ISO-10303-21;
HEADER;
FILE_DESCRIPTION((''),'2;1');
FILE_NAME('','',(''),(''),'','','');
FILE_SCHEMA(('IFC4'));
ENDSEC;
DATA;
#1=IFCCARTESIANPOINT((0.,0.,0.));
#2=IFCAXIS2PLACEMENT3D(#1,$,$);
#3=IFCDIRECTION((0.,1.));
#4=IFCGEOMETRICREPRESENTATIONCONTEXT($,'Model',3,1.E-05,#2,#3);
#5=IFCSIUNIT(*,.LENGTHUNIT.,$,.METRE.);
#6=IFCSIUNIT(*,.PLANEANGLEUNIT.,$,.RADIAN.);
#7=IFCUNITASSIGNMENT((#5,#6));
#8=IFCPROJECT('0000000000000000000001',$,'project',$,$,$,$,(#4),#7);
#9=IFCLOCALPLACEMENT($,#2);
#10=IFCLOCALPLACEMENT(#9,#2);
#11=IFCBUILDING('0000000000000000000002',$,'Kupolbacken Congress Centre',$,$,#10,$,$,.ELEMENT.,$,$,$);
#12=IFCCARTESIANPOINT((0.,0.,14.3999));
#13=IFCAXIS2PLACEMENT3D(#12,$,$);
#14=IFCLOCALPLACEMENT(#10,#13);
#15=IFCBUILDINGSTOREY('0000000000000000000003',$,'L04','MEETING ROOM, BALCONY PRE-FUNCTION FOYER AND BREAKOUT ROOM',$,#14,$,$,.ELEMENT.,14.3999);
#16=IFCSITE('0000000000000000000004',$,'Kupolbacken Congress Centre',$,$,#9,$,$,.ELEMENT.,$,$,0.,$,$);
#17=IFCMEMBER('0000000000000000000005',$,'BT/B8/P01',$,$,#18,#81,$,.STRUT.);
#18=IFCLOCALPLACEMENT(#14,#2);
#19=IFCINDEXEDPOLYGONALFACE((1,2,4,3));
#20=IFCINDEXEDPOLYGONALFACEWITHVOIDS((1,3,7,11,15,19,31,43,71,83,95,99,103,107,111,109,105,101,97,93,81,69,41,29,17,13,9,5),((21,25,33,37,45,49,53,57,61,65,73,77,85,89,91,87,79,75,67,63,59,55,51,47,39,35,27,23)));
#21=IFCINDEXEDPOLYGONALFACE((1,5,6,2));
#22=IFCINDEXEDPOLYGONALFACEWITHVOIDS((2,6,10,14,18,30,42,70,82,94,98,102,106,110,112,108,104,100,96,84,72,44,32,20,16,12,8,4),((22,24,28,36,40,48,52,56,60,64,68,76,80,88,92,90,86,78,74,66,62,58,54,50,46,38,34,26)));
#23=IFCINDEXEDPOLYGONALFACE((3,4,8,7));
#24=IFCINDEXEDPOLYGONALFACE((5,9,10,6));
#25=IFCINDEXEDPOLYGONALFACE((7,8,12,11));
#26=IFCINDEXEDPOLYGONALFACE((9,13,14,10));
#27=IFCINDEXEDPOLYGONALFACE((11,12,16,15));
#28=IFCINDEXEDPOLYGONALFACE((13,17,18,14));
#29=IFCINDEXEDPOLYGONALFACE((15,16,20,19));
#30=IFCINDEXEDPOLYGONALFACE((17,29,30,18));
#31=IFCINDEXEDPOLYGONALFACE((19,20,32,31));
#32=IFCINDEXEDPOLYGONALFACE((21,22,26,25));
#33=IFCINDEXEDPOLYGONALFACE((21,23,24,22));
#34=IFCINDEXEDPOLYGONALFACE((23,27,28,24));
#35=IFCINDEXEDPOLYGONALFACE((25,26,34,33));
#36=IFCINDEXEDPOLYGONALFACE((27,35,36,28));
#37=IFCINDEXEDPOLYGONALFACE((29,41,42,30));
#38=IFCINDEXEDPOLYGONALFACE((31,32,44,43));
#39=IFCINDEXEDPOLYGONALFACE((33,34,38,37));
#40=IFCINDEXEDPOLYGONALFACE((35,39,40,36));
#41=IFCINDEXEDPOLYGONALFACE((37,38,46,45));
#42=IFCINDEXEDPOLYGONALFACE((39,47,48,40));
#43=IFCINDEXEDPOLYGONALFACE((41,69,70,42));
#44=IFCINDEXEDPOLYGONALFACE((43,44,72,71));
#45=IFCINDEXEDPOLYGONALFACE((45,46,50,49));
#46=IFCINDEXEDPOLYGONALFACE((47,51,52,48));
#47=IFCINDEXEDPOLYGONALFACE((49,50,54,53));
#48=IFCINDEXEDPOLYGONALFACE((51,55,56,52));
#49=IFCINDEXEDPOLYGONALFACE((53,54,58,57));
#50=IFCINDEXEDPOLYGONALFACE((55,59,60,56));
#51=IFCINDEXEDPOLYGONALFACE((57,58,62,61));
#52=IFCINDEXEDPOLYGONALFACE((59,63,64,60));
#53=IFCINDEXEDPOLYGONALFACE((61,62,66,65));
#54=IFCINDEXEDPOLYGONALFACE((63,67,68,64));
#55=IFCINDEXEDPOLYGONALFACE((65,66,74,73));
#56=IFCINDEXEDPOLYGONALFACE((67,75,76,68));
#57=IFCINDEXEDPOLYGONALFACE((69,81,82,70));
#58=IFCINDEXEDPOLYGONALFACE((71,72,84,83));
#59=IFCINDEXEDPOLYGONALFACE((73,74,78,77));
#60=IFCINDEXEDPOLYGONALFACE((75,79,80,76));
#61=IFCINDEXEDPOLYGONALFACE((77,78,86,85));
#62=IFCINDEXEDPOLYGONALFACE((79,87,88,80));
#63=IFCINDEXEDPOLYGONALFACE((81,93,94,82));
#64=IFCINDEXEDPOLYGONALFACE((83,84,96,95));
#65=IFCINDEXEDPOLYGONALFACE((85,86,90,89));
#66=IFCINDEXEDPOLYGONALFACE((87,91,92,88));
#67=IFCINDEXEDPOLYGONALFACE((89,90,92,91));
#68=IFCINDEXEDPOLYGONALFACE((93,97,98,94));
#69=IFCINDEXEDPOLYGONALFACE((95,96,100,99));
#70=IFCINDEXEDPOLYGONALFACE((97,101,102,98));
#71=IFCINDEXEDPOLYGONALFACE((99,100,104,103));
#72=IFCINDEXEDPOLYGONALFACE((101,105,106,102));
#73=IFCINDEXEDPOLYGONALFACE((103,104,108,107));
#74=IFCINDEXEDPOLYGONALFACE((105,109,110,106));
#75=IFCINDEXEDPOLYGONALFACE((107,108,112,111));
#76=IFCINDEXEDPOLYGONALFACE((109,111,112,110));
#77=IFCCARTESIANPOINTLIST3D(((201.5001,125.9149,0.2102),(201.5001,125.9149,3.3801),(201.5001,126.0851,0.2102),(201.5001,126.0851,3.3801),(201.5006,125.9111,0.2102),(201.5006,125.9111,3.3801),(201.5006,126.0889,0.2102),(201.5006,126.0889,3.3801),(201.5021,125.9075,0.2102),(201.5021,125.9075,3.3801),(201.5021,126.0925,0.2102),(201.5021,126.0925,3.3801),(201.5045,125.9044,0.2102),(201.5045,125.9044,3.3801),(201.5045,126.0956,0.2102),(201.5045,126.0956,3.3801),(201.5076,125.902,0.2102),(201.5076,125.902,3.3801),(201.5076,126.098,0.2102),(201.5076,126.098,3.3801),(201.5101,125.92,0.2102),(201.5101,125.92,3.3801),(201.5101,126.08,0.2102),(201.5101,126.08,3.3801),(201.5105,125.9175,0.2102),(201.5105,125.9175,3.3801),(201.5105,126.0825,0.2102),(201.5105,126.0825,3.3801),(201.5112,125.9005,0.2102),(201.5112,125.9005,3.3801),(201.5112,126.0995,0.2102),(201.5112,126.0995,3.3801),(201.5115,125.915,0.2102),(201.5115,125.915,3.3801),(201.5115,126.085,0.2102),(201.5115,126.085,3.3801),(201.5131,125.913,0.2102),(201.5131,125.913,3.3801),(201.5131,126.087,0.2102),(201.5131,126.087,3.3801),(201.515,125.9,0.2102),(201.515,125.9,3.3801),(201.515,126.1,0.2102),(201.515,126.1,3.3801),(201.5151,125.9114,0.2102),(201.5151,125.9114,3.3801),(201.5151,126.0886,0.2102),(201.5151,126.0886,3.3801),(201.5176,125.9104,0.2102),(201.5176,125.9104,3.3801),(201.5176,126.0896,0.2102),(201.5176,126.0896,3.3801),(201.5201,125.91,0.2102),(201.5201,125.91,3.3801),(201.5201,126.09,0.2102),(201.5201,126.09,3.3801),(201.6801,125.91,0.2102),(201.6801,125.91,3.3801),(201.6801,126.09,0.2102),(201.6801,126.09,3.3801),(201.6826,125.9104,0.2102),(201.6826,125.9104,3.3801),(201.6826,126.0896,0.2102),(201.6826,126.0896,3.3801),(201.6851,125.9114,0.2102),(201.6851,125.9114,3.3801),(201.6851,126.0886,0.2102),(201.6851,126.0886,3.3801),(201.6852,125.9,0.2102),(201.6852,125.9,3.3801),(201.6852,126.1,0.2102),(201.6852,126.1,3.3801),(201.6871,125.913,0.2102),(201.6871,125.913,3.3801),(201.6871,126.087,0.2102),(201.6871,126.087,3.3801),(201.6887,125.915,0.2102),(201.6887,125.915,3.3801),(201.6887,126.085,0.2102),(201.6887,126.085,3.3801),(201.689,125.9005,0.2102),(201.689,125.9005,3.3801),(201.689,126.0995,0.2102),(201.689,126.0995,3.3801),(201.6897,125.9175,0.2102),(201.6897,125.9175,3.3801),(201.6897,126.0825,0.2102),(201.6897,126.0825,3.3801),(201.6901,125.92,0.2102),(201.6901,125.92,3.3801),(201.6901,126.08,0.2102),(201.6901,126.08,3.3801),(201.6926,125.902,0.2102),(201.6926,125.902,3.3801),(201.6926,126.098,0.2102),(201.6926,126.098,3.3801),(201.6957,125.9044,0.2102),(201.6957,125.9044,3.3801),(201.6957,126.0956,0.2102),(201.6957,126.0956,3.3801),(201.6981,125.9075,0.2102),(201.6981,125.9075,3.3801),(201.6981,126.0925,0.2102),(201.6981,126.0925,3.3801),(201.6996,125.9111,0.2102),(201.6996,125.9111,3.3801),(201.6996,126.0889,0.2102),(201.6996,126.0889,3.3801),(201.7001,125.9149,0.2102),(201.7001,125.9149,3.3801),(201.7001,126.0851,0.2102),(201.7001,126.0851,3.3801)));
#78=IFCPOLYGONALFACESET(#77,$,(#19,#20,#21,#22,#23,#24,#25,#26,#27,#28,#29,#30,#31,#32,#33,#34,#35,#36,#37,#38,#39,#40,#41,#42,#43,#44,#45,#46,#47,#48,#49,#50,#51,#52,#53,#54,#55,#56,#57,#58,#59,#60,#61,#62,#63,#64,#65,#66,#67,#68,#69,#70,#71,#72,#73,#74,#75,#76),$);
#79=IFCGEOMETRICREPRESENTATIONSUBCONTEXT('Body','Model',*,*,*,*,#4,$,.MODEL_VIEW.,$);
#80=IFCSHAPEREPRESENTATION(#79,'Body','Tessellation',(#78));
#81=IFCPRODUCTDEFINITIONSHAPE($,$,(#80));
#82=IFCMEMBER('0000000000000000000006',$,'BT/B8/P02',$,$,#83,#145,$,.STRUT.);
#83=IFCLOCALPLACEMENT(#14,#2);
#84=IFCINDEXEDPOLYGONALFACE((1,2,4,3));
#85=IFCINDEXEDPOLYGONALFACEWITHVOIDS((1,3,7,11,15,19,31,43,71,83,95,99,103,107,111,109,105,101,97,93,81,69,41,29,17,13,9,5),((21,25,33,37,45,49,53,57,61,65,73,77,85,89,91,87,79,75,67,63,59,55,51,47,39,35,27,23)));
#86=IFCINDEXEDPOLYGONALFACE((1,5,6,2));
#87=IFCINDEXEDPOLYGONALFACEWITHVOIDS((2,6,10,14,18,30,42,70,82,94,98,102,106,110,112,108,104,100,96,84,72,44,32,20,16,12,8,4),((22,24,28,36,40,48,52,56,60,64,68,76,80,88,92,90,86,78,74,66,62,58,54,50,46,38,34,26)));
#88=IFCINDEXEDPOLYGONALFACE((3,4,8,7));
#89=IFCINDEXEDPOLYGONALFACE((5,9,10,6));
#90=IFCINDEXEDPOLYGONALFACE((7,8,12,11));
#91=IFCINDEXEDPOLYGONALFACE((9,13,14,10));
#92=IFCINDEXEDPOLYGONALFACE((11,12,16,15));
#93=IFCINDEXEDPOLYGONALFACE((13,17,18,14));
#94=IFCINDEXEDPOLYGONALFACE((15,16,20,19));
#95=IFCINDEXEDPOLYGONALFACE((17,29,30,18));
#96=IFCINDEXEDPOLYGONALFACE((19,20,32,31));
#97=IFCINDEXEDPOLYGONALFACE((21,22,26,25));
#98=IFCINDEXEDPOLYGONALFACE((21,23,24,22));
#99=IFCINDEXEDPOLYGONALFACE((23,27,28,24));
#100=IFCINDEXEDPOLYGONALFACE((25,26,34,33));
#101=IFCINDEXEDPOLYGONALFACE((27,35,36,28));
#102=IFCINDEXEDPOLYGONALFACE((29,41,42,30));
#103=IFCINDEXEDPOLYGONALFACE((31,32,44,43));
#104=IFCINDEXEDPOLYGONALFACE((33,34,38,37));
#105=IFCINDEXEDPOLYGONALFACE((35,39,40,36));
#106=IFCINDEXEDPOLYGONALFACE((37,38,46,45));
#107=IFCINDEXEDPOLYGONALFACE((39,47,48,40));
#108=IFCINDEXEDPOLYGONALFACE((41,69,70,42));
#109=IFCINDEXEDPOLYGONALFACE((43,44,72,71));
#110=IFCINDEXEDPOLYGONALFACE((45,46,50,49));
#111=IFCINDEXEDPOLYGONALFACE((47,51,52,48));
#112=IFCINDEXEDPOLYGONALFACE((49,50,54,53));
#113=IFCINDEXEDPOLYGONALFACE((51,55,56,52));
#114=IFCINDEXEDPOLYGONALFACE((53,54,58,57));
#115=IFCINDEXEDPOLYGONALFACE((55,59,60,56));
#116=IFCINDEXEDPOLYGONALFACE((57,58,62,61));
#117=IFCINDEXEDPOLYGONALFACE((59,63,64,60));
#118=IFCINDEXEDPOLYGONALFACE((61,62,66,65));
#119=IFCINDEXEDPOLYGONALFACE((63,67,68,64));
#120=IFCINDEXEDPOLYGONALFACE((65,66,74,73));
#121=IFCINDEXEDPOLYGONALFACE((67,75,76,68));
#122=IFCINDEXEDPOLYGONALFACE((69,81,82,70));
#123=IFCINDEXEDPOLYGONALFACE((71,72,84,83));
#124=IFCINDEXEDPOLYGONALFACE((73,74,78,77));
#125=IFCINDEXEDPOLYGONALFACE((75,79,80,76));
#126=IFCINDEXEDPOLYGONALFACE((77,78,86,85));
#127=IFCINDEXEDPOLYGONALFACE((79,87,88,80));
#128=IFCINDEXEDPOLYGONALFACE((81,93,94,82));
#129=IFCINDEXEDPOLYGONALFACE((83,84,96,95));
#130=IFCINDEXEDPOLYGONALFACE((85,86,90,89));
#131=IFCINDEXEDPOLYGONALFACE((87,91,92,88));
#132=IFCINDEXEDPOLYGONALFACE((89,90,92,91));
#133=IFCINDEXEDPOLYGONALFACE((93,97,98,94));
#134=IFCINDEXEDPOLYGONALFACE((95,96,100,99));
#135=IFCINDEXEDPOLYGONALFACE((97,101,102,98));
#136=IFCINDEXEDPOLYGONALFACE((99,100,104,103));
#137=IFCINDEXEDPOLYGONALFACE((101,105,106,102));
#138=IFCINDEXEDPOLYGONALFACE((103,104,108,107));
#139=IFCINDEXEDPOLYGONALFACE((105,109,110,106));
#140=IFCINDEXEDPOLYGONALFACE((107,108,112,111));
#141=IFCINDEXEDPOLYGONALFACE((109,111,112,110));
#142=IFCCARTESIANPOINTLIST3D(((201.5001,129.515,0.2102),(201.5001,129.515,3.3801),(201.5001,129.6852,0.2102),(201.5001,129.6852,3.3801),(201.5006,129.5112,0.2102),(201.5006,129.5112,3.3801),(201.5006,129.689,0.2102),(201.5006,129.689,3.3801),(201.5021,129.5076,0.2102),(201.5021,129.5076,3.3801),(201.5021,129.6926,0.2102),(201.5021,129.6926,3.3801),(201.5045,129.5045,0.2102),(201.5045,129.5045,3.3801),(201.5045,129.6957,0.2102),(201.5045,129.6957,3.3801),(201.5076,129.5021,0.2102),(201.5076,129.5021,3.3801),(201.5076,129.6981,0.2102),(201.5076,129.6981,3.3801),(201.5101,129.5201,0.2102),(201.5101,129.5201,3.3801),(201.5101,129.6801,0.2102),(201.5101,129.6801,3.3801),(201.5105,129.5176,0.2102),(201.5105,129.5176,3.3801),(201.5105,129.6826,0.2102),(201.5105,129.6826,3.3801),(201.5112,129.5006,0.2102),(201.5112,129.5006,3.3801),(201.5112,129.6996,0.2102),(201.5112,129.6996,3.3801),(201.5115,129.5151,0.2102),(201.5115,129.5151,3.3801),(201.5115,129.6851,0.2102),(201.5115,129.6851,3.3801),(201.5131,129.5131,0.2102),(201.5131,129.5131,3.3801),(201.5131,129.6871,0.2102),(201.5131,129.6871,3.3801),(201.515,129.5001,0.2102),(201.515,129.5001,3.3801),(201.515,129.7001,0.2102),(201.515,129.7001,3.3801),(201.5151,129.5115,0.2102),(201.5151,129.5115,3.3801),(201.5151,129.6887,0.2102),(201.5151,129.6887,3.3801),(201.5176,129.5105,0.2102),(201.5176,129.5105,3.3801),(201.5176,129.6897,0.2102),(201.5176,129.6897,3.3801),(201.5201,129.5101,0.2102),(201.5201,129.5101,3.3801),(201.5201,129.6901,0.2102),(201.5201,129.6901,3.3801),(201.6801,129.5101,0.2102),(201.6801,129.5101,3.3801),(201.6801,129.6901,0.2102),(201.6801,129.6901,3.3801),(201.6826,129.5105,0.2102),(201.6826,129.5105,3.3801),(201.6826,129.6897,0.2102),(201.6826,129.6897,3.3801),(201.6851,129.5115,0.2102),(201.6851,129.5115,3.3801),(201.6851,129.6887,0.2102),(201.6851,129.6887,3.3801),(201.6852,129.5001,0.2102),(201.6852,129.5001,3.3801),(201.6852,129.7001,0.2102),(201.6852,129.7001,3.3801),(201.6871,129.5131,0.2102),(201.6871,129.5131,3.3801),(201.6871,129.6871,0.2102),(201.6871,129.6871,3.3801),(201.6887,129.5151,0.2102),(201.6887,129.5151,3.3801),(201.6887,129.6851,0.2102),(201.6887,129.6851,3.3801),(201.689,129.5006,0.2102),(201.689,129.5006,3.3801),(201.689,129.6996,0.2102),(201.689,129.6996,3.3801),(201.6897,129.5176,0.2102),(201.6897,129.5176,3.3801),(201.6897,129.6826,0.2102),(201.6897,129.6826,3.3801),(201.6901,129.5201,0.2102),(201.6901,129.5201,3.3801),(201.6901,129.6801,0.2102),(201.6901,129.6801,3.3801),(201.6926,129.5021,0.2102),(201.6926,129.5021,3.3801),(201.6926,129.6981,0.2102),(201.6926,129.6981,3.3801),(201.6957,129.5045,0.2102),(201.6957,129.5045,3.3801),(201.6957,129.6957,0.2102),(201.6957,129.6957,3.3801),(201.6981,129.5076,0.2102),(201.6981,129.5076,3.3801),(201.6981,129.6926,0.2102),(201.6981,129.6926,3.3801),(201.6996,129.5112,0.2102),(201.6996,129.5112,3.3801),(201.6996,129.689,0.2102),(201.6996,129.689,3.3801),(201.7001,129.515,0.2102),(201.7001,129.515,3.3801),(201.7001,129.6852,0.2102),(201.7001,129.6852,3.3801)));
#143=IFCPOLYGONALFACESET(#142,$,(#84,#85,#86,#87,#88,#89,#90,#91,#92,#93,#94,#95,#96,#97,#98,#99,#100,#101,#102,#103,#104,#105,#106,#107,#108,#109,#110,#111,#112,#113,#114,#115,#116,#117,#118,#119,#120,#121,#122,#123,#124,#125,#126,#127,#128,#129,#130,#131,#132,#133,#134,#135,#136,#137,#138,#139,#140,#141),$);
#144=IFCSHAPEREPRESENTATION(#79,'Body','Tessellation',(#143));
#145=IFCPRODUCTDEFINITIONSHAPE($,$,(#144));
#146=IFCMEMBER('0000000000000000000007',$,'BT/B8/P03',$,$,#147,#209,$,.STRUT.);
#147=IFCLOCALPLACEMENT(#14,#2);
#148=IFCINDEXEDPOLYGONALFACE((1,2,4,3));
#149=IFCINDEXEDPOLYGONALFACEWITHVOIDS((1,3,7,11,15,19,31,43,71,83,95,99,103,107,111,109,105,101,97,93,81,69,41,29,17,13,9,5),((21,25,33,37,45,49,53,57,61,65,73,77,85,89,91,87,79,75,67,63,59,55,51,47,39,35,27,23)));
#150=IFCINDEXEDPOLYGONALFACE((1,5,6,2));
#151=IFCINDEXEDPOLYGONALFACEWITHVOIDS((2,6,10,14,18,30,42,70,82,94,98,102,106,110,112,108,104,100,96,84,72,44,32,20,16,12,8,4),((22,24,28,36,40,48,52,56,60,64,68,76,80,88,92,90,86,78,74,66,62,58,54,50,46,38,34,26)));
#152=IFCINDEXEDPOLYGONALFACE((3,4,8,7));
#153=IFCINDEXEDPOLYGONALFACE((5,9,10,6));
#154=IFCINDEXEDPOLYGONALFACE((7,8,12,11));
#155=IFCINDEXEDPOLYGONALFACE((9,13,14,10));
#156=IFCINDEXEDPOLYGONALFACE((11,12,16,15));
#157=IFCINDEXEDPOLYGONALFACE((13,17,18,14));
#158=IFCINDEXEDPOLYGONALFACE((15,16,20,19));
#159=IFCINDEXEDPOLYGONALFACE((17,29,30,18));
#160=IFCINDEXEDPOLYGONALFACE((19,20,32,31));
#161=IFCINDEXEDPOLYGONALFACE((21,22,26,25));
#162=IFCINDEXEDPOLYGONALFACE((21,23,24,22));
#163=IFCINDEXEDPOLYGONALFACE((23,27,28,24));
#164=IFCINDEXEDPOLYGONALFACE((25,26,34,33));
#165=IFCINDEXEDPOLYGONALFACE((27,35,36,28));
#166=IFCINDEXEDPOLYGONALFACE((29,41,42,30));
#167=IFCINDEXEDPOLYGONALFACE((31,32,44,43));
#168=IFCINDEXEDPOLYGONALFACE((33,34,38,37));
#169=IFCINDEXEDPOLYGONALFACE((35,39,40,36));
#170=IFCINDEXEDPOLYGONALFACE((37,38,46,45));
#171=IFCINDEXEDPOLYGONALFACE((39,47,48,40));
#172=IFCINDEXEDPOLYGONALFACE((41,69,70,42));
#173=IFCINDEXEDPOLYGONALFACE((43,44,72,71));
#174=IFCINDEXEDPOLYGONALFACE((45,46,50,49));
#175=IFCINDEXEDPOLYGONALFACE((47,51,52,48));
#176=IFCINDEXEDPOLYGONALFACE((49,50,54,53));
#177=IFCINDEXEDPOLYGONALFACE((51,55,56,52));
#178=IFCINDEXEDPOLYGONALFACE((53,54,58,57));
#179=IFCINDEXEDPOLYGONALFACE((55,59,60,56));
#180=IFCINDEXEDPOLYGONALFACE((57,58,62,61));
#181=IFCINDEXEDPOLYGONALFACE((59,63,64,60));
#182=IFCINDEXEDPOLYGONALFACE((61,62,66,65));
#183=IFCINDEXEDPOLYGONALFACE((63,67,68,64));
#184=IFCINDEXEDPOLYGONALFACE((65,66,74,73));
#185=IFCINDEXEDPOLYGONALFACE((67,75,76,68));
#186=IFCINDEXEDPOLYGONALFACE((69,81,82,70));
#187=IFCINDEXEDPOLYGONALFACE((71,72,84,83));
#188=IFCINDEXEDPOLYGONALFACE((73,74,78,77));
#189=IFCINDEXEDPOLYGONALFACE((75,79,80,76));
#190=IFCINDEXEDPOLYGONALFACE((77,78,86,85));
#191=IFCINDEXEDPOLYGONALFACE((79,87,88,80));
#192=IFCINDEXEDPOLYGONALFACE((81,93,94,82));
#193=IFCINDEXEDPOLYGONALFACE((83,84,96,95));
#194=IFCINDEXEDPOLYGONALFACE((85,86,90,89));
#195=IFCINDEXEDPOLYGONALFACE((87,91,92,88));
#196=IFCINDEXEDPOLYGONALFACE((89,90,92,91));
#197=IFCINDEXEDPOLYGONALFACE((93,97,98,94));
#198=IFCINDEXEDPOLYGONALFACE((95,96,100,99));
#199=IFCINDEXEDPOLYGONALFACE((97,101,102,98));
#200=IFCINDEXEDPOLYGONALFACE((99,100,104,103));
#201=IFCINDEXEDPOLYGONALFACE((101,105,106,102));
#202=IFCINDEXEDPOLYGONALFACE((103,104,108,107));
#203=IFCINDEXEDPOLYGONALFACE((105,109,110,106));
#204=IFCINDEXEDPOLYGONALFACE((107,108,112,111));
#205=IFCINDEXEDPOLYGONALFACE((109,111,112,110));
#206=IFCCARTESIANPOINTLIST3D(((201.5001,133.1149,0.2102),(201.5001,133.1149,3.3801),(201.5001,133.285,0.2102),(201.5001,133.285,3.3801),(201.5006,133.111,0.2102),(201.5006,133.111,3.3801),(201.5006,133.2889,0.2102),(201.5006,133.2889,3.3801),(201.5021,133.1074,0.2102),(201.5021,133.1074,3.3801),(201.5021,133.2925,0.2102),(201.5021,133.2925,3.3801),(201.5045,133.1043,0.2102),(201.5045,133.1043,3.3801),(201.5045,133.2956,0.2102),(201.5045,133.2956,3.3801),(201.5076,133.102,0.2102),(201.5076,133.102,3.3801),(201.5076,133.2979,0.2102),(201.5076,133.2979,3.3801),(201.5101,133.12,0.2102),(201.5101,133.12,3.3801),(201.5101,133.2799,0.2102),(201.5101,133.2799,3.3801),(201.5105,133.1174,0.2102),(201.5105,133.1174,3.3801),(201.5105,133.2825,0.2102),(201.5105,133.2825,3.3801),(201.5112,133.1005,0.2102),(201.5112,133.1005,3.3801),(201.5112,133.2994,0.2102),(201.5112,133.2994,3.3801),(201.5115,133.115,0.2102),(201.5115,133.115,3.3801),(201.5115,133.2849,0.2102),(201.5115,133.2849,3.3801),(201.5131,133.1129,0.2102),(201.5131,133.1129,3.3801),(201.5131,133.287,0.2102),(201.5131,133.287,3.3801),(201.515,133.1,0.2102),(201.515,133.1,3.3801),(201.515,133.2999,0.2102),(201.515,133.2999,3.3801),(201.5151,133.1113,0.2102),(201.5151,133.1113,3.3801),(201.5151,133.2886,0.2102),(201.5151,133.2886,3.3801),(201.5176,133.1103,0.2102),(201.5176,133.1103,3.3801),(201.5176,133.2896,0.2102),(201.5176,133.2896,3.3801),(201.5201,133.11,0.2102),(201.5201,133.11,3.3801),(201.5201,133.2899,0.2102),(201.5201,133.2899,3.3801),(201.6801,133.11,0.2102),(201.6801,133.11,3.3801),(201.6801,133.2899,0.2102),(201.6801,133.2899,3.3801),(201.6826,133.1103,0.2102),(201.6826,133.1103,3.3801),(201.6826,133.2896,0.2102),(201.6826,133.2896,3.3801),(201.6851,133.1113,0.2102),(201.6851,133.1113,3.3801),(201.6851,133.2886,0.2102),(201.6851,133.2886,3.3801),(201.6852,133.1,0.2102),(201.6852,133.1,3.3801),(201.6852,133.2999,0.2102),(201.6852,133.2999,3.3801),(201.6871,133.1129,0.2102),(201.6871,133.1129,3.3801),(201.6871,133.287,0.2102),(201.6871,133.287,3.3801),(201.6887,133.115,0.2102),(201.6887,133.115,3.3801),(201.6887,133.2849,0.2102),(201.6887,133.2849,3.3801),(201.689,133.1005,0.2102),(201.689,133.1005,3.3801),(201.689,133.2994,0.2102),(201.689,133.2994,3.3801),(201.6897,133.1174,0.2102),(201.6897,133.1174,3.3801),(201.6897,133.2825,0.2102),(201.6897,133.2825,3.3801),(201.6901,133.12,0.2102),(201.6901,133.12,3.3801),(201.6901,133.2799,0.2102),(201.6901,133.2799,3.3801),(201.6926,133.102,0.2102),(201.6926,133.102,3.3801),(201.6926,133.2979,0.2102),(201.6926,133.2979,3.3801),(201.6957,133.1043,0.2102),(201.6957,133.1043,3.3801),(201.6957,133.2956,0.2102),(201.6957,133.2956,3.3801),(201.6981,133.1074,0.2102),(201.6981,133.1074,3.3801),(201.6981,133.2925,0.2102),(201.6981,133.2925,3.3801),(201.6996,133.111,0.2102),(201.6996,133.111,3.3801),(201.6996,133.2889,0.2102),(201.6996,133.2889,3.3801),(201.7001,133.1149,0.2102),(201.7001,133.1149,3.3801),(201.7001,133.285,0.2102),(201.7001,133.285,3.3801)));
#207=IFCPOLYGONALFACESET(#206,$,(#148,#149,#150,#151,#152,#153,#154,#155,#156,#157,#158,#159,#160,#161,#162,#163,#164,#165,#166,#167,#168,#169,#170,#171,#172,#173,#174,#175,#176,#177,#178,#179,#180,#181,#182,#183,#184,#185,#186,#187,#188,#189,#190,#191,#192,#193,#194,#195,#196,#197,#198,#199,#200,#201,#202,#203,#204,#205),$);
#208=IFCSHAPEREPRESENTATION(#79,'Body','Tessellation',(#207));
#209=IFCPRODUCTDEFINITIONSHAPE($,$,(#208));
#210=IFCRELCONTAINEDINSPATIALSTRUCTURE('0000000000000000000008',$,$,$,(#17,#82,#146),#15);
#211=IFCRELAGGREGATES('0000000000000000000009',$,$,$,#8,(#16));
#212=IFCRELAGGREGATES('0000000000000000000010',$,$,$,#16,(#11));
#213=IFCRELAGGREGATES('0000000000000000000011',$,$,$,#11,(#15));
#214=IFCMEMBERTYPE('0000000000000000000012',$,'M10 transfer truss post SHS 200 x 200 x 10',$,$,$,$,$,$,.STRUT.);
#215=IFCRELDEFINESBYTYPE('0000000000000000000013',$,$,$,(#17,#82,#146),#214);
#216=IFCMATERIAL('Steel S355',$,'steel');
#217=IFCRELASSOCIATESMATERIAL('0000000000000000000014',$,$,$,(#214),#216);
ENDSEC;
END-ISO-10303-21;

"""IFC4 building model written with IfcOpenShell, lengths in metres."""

from ifc_helpers import new_model, si_unit, direction, frame, origin, origin_2d, place, context, subcontext, project, spatial, hollow_rectangle, extrude, material, material_profile, profile_set, type_object, element, save


model = new_model("IFC4")

# Units and contexts
model_context = context("Model", 3, precision=1e-05, world=origin(), true_north=direction((0.0, 1.0)))
body_context = subcontext(model_context, "Body", "Model", "MODEL_VIEW")
ifc_project = project(units=[si_unit("LENGTHUNIT", "METRE"), si_unit("PLANEANGLEUNIT", "RADIAN")], contexts=[model_context])

# Site, building, storey
site_placement = place(None, origin())
site = spatial("IfcSite", under=ifc_project, at=site_placement, Name="Kupolbacken Congress Centre", CompositionType="ELEMENT", RefElevation=0.0)
building_placement = place(site_placement, origin())
building = spatial("IfcBuilding", under=site, at=building_placement, Name="Kupolbacken Congress Centre", CompositionType="ELEMENT")
storey_placement = place(building_placement, frame((0.0, 0.0, 14.3999)))
storey = spatial("IfcBuildingStorey", under=building, at=storey_placement, Name="L04", Description="MEETING ROOM, BALCONY PRE-FUNCTION FOYER AND BREAKOUT ROOM", CompositionType="ELEMENT", Elevation=14.3999)

# Members
ifc_material_1 = material(Name="Steel S355", Category="steel")
ifc_material_profile_1 = material_profile(ifc_material_1, hollow_rectangle(XDim=0.2, YDim=0.2, WallThickness=0.01, InnerFilletRadius=0.01, OuterFilletRadius=0.0149, at=origin_2d()), Name="SHS 200 x 200 x 10")
ifc_profile_set_1 = profile_set([ifc_material_profile_1], Name="Steel S355")
member_type_1 = type_object("IfcMemberType", Name="M10 transfer truss post SHS 200 x 200 x 10", PredefinedType="STRUT", material=ifc_profile_set_1)
for number, where, z_axis, x_axis, name in (
    (1, (201.6001, 126.0, 0.2102), (0.0, 0.0, 1.0), (0.0, 1.0, 0.0), "BT/B8/P01"),
    (2, (201.6001, 129.6001, 0.2102), (0.0, 0.0, 1.0), (0.0, 1.0, 0.0), "BT/B8/P02"),
    (3, (201.6001, 133.2, 0.2102), (0.0, 0.0, 1.0), (0.0, 1.0, 0.0), "BT/B8/P03"),
):
    element("IfcMember", number, at=place(storey_placement, frame(where, z_axis=z_axis, x_axis=x_axis)), inside=storey, type_object=member_type_1, Name=name, PredefinedType="STRUT", context=body_context, shape_type="SweptSolid", body=[
        extrude(hollow_rectangle(XDim=0.2, YDim=0.2, WallThickness=0.01, InnerFilletRadius=0.01, OuterFilletRadius=0.0149, at=origin_2d()), origin(), (0.0, 0.0, 1.0), 3.1699),
    ])

save(model, "model.ifc")
